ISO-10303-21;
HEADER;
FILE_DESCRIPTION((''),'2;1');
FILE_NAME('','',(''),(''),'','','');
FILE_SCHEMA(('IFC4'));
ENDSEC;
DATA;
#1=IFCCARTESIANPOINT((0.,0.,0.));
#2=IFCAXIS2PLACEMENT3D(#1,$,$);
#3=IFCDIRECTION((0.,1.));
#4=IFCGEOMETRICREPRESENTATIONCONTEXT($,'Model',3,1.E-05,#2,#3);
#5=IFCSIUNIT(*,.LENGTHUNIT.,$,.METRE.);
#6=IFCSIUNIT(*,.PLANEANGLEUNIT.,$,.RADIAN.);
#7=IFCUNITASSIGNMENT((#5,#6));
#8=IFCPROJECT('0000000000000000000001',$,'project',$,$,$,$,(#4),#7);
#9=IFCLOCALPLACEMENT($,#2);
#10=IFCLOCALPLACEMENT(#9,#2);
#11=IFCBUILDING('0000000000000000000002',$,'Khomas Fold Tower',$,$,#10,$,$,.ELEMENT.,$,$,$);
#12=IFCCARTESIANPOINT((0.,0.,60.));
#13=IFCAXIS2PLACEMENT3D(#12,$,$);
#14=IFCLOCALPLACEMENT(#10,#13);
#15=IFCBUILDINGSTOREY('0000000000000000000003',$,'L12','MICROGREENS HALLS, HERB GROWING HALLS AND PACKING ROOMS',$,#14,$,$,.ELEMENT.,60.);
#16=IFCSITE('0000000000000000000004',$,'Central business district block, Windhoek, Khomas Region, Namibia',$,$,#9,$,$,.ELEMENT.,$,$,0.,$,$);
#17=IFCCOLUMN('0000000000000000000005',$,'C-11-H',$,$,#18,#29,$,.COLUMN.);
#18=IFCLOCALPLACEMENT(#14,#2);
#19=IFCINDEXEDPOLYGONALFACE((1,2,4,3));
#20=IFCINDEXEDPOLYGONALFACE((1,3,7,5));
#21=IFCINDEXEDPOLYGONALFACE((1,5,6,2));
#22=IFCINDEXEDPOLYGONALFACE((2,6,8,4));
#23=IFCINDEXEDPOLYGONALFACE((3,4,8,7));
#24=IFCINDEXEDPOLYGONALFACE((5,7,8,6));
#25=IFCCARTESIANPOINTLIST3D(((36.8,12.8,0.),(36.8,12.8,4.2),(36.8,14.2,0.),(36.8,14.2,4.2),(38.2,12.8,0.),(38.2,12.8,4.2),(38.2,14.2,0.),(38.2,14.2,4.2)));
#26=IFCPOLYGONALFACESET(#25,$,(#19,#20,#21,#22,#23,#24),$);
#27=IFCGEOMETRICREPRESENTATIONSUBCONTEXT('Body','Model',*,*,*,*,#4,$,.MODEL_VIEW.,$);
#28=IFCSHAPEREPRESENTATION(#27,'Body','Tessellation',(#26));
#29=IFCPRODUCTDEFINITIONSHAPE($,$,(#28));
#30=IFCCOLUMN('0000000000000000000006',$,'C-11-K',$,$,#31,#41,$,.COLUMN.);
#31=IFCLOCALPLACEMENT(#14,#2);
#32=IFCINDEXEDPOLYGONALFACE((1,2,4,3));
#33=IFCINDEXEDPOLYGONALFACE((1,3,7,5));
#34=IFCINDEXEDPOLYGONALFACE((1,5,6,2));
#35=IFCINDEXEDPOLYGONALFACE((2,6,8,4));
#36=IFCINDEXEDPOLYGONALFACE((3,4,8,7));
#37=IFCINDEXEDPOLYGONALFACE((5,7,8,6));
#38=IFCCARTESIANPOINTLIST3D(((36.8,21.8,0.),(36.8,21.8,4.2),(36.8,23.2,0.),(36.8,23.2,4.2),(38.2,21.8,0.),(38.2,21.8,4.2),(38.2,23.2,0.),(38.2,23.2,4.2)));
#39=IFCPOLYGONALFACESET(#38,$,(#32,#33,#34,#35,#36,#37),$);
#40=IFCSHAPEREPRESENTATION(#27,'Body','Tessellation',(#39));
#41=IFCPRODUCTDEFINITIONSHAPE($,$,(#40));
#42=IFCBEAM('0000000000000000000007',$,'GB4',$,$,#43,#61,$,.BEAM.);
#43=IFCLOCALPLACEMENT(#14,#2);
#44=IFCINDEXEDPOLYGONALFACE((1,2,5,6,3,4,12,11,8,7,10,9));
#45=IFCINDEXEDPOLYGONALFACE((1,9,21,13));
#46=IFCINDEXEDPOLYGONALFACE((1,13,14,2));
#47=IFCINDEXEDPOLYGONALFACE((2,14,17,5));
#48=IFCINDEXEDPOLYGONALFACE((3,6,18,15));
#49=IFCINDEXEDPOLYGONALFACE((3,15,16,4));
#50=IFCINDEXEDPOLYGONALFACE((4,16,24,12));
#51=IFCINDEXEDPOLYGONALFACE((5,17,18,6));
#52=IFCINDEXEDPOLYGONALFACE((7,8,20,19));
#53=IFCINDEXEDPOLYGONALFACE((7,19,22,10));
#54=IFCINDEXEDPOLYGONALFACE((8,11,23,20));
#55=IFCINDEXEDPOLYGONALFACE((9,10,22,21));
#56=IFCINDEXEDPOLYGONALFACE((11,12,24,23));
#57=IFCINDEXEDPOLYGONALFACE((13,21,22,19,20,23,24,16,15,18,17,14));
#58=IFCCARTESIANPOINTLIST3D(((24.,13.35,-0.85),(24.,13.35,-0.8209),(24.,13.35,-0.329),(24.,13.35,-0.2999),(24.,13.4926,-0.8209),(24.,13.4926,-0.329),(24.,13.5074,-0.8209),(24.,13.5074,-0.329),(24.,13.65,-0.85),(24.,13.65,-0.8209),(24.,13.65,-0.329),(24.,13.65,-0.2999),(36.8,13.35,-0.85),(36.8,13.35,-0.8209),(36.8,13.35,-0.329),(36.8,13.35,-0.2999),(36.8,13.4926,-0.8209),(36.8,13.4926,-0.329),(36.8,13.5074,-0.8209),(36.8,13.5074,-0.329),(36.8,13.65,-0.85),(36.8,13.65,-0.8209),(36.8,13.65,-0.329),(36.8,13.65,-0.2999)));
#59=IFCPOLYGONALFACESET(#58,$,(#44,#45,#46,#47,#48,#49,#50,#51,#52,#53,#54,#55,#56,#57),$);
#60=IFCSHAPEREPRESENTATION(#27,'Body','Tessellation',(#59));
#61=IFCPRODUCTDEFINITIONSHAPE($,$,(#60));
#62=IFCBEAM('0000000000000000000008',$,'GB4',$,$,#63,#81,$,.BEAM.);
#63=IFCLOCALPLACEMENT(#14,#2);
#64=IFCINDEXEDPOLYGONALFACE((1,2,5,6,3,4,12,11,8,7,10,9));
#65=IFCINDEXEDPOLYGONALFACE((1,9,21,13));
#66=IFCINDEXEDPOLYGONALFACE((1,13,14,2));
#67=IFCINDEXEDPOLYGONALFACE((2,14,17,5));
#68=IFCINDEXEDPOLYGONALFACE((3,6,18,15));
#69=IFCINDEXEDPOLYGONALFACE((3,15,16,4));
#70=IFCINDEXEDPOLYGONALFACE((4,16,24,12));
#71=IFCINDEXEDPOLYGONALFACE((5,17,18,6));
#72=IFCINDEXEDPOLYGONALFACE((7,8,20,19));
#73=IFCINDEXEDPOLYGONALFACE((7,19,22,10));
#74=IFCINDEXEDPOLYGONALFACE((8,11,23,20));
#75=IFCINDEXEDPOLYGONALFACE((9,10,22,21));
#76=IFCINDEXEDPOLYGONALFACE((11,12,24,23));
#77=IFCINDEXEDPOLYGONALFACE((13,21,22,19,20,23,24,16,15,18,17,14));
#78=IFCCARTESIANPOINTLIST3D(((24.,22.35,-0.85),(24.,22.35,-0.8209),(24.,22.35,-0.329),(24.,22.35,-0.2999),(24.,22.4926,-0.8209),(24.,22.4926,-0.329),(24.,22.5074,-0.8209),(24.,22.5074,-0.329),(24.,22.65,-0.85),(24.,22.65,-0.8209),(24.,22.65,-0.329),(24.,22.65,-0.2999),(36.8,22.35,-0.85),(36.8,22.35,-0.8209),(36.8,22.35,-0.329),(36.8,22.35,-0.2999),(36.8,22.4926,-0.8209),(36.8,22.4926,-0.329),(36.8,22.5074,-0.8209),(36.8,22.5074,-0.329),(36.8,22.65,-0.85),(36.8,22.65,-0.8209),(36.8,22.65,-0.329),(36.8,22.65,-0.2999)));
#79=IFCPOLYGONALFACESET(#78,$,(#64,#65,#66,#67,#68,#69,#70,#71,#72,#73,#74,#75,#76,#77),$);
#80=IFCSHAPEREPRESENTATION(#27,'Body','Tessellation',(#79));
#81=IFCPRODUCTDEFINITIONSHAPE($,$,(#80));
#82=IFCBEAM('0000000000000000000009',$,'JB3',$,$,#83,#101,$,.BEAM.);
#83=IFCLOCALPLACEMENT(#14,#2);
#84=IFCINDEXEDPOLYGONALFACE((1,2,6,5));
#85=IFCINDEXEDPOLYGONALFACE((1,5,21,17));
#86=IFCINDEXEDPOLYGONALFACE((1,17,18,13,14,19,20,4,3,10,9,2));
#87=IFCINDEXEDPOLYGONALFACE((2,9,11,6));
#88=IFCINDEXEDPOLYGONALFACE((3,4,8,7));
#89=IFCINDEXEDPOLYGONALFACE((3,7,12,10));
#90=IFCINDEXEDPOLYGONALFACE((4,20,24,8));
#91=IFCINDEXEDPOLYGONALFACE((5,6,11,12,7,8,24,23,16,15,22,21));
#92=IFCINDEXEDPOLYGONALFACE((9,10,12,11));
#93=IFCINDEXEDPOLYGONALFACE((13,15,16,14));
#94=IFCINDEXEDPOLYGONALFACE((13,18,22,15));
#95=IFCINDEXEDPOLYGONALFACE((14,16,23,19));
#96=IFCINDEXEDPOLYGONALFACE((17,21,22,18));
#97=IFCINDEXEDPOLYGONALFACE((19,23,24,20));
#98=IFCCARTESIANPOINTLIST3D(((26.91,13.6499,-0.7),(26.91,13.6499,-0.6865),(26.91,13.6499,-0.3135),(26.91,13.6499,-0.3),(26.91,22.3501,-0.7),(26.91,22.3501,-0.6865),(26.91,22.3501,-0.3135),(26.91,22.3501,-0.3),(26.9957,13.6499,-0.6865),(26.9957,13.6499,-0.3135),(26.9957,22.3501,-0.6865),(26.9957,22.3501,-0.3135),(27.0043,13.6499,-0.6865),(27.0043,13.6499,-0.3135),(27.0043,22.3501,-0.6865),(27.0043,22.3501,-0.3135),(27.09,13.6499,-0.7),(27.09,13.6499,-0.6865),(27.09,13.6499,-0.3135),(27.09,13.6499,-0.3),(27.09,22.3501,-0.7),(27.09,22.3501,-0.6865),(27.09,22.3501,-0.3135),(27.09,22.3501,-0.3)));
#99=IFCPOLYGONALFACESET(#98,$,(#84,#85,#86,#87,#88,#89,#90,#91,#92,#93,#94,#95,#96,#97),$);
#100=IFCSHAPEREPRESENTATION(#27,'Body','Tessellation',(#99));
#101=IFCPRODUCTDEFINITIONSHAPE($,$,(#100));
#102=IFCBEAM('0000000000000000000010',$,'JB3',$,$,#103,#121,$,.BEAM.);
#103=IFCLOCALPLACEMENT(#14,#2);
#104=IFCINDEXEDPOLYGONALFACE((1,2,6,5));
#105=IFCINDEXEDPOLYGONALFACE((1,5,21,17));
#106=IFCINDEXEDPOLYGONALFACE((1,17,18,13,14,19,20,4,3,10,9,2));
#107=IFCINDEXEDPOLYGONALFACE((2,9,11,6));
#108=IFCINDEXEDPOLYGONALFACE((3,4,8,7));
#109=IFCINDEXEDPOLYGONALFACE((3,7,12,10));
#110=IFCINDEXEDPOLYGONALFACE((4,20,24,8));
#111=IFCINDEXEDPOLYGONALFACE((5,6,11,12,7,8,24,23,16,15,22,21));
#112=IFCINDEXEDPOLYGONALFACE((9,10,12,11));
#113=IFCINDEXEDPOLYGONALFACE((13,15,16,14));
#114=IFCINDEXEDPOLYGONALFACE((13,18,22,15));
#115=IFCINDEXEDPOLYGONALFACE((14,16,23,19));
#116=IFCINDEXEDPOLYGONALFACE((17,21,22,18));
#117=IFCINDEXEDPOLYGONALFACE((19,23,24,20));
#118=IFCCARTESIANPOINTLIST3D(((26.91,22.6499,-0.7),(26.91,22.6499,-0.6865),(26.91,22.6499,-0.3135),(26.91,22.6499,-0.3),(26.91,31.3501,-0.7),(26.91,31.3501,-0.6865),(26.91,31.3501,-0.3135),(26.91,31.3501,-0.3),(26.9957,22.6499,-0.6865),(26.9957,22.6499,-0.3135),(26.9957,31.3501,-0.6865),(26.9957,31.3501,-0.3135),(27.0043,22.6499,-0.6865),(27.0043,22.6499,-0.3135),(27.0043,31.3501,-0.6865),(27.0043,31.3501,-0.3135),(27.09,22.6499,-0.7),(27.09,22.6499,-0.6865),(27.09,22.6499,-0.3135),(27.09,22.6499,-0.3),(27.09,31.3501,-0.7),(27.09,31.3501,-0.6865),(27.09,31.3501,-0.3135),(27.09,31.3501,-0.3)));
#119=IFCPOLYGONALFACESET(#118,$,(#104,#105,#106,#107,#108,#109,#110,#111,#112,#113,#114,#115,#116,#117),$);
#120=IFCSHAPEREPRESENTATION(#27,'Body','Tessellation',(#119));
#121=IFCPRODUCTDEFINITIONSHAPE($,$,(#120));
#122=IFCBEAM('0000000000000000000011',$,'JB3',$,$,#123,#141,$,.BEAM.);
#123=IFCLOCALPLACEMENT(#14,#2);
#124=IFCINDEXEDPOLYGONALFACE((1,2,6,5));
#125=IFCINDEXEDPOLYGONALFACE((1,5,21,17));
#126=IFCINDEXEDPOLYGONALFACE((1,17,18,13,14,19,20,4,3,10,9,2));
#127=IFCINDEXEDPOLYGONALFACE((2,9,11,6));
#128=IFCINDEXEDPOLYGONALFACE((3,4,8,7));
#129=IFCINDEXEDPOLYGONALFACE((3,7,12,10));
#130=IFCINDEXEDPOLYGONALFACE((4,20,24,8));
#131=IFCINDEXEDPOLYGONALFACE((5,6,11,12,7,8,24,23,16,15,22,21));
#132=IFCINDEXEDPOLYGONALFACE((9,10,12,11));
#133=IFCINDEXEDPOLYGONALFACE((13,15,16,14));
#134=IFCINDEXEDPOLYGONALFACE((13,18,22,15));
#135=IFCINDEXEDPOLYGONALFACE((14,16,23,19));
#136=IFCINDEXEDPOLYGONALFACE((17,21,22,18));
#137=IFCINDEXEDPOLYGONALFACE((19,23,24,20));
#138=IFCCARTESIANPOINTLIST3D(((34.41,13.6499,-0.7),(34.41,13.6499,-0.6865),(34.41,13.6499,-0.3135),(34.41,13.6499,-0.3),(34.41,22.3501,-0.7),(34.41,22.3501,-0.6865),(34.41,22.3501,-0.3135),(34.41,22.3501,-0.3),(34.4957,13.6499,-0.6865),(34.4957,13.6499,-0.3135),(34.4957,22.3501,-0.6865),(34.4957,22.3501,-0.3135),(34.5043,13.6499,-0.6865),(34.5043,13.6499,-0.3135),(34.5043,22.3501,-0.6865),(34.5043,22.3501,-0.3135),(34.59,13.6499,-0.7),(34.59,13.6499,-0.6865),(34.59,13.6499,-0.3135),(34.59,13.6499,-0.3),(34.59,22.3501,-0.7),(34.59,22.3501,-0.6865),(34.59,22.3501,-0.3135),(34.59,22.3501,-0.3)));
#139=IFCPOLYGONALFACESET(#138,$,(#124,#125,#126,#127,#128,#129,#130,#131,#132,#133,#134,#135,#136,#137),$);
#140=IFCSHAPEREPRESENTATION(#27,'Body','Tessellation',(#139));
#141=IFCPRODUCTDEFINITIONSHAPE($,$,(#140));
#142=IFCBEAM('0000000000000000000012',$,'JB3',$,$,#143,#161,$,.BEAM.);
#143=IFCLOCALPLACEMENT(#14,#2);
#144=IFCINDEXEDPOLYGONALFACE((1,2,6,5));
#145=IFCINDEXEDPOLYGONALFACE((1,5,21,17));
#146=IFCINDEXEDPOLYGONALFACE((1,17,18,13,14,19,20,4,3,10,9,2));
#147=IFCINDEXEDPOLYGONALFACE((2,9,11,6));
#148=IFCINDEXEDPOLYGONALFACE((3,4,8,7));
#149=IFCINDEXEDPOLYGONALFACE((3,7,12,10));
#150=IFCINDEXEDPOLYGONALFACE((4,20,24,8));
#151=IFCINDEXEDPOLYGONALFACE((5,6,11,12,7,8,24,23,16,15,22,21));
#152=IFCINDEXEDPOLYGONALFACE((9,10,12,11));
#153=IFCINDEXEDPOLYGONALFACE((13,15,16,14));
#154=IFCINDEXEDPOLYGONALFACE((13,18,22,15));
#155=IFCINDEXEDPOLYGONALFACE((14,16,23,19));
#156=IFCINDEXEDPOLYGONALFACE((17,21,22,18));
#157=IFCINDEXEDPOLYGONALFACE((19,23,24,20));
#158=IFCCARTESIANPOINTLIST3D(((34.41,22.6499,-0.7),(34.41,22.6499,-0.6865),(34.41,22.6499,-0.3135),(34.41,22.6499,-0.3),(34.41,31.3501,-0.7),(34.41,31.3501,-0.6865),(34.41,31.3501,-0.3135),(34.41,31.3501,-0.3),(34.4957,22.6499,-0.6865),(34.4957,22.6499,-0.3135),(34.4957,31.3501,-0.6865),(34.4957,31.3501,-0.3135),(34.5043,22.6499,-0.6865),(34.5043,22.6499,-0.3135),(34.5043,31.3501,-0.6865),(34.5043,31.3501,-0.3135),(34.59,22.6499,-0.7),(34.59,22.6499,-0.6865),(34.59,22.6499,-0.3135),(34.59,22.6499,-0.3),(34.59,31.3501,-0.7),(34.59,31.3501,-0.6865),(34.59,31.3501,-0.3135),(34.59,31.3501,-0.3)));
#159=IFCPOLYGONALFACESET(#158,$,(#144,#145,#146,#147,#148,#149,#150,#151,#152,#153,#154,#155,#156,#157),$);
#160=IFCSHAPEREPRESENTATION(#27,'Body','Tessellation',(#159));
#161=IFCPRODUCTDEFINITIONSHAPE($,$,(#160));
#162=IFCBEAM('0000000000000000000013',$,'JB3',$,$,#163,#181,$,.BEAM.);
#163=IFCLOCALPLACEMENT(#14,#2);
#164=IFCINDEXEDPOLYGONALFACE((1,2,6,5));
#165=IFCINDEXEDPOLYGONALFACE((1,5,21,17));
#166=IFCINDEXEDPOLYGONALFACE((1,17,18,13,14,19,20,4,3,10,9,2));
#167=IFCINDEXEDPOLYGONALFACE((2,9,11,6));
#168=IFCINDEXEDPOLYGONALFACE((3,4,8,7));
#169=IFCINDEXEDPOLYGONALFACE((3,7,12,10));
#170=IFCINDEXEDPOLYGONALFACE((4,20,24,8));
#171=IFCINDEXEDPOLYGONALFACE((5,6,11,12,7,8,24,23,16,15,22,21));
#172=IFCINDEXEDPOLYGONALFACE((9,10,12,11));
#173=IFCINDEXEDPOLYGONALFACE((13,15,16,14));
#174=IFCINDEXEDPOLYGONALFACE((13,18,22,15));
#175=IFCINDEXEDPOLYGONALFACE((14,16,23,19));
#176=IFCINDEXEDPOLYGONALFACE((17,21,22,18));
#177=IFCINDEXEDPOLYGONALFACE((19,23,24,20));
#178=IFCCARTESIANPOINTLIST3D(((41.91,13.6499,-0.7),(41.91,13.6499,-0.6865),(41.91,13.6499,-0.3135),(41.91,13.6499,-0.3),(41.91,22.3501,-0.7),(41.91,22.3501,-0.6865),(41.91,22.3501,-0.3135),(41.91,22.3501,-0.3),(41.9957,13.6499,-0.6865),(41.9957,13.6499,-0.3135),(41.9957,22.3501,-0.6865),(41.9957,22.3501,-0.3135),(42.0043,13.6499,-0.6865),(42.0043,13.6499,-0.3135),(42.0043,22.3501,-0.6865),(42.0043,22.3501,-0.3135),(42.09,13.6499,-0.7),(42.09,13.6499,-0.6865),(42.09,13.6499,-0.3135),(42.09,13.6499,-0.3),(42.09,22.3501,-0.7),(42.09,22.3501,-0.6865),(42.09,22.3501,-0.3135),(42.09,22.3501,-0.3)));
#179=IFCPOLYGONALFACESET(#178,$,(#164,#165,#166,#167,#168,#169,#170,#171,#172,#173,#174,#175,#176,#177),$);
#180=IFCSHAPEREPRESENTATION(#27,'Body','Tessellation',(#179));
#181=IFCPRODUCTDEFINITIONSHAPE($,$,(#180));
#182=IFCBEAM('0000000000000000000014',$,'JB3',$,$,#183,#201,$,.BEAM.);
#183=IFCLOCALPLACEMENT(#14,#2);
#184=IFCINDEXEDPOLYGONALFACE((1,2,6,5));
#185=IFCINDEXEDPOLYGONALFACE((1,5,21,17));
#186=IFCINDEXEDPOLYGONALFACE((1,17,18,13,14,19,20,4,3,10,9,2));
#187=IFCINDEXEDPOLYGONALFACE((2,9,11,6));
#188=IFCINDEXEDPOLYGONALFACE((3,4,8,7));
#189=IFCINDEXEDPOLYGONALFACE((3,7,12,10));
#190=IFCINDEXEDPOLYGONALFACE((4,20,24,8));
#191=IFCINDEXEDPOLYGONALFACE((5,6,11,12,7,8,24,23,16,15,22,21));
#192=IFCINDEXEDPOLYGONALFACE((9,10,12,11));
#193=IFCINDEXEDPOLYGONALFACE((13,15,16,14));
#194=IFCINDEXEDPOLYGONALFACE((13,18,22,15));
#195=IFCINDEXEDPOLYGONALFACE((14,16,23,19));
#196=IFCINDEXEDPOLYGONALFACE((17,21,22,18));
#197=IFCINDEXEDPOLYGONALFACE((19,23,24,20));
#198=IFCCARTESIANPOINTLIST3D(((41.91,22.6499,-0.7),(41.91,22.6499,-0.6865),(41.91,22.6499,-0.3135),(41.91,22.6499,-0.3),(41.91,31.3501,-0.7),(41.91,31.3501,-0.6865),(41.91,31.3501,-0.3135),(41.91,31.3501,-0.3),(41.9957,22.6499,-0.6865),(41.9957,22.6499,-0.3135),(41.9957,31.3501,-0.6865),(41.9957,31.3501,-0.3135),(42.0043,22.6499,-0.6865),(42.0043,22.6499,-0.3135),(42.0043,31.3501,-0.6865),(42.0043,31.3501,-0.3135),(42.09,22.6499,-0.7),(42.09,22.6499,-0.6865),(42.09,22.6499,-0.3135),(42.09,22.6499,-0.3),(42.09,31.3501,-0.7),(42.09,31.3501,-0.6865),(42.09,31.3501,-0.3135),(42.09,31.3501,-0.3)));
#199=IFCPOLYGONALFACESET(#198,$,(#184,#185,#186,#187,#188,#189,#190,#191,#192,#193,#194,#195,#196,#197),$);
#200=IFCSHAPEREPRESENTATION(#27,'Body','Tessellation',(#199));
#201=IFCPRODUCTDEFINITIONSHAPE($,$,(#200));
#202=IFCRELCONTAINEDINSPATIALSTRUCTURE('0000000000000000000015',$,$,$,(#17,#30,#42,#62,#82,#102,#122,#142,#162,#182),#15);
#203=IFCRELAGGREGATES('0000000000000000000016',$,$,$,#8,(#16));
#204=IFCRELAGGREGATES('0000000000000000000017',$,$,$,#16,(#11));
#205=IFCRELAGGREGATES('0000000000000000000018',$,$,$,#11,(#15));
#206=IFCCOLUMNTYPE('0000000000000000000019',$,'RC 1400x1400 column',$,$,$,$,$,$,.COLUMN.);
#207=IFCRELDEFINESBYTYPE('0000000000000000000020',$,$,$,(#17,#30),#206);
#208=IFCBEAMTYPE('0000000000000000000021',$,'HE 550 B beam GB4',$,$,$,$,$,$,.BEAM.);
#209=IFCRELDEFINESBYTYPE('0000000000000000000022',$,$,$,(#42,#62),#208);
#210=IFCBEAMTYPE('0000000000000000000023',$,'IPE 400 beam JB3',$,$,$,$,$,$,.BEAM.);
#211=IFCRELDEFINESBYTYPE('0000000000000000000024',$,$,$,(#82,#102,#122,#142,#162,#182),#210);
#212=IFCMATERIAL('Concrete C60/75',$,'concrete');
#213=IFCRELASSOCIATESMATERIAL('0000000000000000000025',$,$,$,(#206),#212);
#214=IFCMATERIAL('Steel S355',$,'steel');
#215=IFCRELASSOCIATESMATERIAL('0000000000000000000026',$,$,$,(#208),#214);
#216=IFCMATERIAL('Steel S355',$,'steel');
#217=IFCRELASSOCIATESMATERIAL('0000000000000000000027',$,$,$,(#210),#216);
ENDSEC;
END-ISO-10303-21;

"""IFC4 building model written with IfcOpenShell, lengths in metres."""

from ifc_helpers import new_model, si_unit, direction, frame, origin, origin_2d, place, context, subcontext, project, spatial, rectangle, i_section, extrude, source, transform, mapped, material, material_profile, profile_set, type_object, element, save


model = new_model("IFC4")

# Units and contexts
model_context = context("Model", 3, precision=1e-05, world=origin(), true_north=direction((0.0, 1.0)))
body_context = subcontext(model_context, "Body", "Model", "MODEL_VIEW")
ifc_project = project(units=[si_unit("LENGTHUNIT", "METRE"), si_unit("PLANEANGLEUNIT", "RADIAN")], contexts=[model_context])

# Site, building, storey
site_placement = place(None, origin())
site = spatial("IfcSite", under=ifc_project, at=site_placement, Name="Central business district block, Windhoek, Khomas Region, Namibia", CompositionType="ELEMENT", RefElevation=0.0)
building_placement = place(site_placement, origin())
building = spatial("IfcBuilding", under=site, at=building_placement, Name="Khomas Fold Tower", CompositionType="ELEMENT")
storey_placement = place(building_placement, frame((0.0, 0.0, 60.0)))
storey = spatial("IfcBuildingStorey", under=building, at=storey_placement, Name="L12", Description="MICROGREENS HALLS, HERB GROWING HALLS AND PACKING ROOMS", CompositionType="ELEMENT", Elevation=60.0)

# Columns
ifc_material_1 = material(Name="Concrete C60/75", Category="concrete")
ifc_material_profile_1 = material_profile(ifc_material_1, rectangle(XDim=1.3999, YDim=1.3999, at=origin_2d()), Name="RC 1400x1400")
ifc_profile_set_1 = profile_set([ifc_material_profile_1], Name="Concrete C60/75")
column_type = type_object("IfcColumnType", Name="RC 1400x1400 column", PredefinedType="COLUMN", material=ifc_profile_set_1)
shared_shape_1 = source(origin(), body_context, "Body", "SweptSolid", [
    extrude(rectangle(XDim=1.3999, YDim=1.3999, at=origin_2d()), origin(), (0.0, 0.0, 1.0), 4.2),
])
for number, where, z_axis, x_axis, name in (
    (1, (37.5, 13.5, 0.0), (0.0, 0.0, 1.0), (1.0, 0.0, 0.0), "C-11-H"),
    (2, (37.5, 22.5, 0.0), (0.0, 0.0, 1.0), (1.0, 0.0, 0.0), "C-11-K"),
):
    element("IfcColumn", number, at=place(storey_placement, frame(where, z_axis=z_axis, x_axis=x_axis)), inside=storey, type_object=column_type, Name=name, PredefinedType="COLUMN", context=body_context, shape_type="MappedRepresentation", body=[
        mapped(shared_shape_1, transform((0.0, 0.0, 0.0))),
    ])

# Beams
ifc_material_2 = material(Name="Steel S355", Category="steel")
ifc_material_profile_2 = material_profile(ifc_material_2, i_section(OverallWidth=0.3, OverallDepth=0.55, WebThickness=0.0149, FlangeThickness=0.0291, at=origin_2d()), Name="HE 550 B")
ifc_profile_set_2 = profile_set([ifc_material_profile_2], Name="Steel S355")
beam_type_1 = type_object("IfcBeamType", Name="HE 550 B beam GB4", PredefinedType="BEAM", material=ifc_profile_set_2)
shared_shape_2 = source(origin(), body_context, "Body", "SweptSolid", [
    extrude(i_section(OverallWidth=0.3, OverallDepth=0.55, WebThickness=0.0149, FlangeThickness=0.0291, at=origin_2d()), origin(), (0.0, 0.0, 1.0), 12.8),
])
for number, where, z_axis, x_axis, name in (
    (3, (24.0, 13.5, -0.575), (1.0, 0.0, 0.0), (0.0, 1.0, 0.0), "GB4"),
    (4, (24.0, 22.5, -0.575), (1.0, 0.0, 0.0), (0.0, 1.0, 0.0), "GB4"),
):
    element("IfcBeam", number, at=place(storey_placement, frame(where, z_axis=z_axis, x_axis=x_axis)), inside=storey, type_object=beam_type_1, Name=name, PredefinedType="BEAM", context=body_context, shape_type="MappedRepresentation", body=[
        mapped(shared_shape_2, transform((0.0, 0.0, 0.0))),
    ])
ifc_material_3 = material(Name="Steel S355", Category="steel")
ifc_material_profile_3 = material_profile(ifc_material_3, i_section(OverallWidth=0.1799, OverallDepth=0.3999, WebThickness=0.0085, FlangeThickness=0.0134, at=origin_2d()), Name="IPE 400")
ifc_profile_set_3 = profile_set([ifc_material_profile_3], Name="Steel S355")
beam_type_2 = type_object("IfcBeamType", Name="IPE 400 beam JB3", PredefinedType="BEAM", material=ifc_profile_set_3)
shared_shape_3 = source(origin(), body_context, "Body", "SweptSolid", [
    extrude(i_section(OverallWidth=0.1799, OverallDepth=0.3999, WebThickness=0.0085, FlangeThickness=0.0134, at=origin_2d()), origin(), (0.0, 0.0, 1.0), 8.7002),
])
for number, where, z_axis, x_axis, name in (
    (5, (27.0, 13.6499, -0.5), (0.0, 1.0, 0.0), (-1.0, 0.0, 0.0), "JB3"),
    (6, (27.0, 22.6499, -0.5), (0.0, 1.0, 0.0), (-1.0, 0.0, 0.0), "JB3"),
    (7, (34.5, 13.6499, -0.5), (0.0, 1.0, 0.0), (-1.0, 0.0, 0.0), "JB3"),
    (8, (34.5, 22.6499, -0.5), (0.0, 1.0, 0.0), (-1.0, 0.0, 0.0), "JB3"),
    (9, (42.0, 13.6499, -0.5), (0.0, 1.0, 0.0), (-1.0, 0.0, 0.0), "JB3"),
    (10, (42.0, 22.6499, -0.5), (0.0, 1.0, 0.0), (-1.0, 0.0, 0.0), "JB3"),
):
    element("IfcBeam", number, at=place(storey_placement, frame(where, z_axis=z_axis, x_axis=x_axis)), inside=storey, type_object=beam_type_2, Name=name, PredefinedType="BEAM", context=body_context, shape_type="MappedRepresentation", body=[
        mapped(shared_shape_3, transform((0.0, 0.0, 0.0))),
    ])

save(model, "model.ifc")
